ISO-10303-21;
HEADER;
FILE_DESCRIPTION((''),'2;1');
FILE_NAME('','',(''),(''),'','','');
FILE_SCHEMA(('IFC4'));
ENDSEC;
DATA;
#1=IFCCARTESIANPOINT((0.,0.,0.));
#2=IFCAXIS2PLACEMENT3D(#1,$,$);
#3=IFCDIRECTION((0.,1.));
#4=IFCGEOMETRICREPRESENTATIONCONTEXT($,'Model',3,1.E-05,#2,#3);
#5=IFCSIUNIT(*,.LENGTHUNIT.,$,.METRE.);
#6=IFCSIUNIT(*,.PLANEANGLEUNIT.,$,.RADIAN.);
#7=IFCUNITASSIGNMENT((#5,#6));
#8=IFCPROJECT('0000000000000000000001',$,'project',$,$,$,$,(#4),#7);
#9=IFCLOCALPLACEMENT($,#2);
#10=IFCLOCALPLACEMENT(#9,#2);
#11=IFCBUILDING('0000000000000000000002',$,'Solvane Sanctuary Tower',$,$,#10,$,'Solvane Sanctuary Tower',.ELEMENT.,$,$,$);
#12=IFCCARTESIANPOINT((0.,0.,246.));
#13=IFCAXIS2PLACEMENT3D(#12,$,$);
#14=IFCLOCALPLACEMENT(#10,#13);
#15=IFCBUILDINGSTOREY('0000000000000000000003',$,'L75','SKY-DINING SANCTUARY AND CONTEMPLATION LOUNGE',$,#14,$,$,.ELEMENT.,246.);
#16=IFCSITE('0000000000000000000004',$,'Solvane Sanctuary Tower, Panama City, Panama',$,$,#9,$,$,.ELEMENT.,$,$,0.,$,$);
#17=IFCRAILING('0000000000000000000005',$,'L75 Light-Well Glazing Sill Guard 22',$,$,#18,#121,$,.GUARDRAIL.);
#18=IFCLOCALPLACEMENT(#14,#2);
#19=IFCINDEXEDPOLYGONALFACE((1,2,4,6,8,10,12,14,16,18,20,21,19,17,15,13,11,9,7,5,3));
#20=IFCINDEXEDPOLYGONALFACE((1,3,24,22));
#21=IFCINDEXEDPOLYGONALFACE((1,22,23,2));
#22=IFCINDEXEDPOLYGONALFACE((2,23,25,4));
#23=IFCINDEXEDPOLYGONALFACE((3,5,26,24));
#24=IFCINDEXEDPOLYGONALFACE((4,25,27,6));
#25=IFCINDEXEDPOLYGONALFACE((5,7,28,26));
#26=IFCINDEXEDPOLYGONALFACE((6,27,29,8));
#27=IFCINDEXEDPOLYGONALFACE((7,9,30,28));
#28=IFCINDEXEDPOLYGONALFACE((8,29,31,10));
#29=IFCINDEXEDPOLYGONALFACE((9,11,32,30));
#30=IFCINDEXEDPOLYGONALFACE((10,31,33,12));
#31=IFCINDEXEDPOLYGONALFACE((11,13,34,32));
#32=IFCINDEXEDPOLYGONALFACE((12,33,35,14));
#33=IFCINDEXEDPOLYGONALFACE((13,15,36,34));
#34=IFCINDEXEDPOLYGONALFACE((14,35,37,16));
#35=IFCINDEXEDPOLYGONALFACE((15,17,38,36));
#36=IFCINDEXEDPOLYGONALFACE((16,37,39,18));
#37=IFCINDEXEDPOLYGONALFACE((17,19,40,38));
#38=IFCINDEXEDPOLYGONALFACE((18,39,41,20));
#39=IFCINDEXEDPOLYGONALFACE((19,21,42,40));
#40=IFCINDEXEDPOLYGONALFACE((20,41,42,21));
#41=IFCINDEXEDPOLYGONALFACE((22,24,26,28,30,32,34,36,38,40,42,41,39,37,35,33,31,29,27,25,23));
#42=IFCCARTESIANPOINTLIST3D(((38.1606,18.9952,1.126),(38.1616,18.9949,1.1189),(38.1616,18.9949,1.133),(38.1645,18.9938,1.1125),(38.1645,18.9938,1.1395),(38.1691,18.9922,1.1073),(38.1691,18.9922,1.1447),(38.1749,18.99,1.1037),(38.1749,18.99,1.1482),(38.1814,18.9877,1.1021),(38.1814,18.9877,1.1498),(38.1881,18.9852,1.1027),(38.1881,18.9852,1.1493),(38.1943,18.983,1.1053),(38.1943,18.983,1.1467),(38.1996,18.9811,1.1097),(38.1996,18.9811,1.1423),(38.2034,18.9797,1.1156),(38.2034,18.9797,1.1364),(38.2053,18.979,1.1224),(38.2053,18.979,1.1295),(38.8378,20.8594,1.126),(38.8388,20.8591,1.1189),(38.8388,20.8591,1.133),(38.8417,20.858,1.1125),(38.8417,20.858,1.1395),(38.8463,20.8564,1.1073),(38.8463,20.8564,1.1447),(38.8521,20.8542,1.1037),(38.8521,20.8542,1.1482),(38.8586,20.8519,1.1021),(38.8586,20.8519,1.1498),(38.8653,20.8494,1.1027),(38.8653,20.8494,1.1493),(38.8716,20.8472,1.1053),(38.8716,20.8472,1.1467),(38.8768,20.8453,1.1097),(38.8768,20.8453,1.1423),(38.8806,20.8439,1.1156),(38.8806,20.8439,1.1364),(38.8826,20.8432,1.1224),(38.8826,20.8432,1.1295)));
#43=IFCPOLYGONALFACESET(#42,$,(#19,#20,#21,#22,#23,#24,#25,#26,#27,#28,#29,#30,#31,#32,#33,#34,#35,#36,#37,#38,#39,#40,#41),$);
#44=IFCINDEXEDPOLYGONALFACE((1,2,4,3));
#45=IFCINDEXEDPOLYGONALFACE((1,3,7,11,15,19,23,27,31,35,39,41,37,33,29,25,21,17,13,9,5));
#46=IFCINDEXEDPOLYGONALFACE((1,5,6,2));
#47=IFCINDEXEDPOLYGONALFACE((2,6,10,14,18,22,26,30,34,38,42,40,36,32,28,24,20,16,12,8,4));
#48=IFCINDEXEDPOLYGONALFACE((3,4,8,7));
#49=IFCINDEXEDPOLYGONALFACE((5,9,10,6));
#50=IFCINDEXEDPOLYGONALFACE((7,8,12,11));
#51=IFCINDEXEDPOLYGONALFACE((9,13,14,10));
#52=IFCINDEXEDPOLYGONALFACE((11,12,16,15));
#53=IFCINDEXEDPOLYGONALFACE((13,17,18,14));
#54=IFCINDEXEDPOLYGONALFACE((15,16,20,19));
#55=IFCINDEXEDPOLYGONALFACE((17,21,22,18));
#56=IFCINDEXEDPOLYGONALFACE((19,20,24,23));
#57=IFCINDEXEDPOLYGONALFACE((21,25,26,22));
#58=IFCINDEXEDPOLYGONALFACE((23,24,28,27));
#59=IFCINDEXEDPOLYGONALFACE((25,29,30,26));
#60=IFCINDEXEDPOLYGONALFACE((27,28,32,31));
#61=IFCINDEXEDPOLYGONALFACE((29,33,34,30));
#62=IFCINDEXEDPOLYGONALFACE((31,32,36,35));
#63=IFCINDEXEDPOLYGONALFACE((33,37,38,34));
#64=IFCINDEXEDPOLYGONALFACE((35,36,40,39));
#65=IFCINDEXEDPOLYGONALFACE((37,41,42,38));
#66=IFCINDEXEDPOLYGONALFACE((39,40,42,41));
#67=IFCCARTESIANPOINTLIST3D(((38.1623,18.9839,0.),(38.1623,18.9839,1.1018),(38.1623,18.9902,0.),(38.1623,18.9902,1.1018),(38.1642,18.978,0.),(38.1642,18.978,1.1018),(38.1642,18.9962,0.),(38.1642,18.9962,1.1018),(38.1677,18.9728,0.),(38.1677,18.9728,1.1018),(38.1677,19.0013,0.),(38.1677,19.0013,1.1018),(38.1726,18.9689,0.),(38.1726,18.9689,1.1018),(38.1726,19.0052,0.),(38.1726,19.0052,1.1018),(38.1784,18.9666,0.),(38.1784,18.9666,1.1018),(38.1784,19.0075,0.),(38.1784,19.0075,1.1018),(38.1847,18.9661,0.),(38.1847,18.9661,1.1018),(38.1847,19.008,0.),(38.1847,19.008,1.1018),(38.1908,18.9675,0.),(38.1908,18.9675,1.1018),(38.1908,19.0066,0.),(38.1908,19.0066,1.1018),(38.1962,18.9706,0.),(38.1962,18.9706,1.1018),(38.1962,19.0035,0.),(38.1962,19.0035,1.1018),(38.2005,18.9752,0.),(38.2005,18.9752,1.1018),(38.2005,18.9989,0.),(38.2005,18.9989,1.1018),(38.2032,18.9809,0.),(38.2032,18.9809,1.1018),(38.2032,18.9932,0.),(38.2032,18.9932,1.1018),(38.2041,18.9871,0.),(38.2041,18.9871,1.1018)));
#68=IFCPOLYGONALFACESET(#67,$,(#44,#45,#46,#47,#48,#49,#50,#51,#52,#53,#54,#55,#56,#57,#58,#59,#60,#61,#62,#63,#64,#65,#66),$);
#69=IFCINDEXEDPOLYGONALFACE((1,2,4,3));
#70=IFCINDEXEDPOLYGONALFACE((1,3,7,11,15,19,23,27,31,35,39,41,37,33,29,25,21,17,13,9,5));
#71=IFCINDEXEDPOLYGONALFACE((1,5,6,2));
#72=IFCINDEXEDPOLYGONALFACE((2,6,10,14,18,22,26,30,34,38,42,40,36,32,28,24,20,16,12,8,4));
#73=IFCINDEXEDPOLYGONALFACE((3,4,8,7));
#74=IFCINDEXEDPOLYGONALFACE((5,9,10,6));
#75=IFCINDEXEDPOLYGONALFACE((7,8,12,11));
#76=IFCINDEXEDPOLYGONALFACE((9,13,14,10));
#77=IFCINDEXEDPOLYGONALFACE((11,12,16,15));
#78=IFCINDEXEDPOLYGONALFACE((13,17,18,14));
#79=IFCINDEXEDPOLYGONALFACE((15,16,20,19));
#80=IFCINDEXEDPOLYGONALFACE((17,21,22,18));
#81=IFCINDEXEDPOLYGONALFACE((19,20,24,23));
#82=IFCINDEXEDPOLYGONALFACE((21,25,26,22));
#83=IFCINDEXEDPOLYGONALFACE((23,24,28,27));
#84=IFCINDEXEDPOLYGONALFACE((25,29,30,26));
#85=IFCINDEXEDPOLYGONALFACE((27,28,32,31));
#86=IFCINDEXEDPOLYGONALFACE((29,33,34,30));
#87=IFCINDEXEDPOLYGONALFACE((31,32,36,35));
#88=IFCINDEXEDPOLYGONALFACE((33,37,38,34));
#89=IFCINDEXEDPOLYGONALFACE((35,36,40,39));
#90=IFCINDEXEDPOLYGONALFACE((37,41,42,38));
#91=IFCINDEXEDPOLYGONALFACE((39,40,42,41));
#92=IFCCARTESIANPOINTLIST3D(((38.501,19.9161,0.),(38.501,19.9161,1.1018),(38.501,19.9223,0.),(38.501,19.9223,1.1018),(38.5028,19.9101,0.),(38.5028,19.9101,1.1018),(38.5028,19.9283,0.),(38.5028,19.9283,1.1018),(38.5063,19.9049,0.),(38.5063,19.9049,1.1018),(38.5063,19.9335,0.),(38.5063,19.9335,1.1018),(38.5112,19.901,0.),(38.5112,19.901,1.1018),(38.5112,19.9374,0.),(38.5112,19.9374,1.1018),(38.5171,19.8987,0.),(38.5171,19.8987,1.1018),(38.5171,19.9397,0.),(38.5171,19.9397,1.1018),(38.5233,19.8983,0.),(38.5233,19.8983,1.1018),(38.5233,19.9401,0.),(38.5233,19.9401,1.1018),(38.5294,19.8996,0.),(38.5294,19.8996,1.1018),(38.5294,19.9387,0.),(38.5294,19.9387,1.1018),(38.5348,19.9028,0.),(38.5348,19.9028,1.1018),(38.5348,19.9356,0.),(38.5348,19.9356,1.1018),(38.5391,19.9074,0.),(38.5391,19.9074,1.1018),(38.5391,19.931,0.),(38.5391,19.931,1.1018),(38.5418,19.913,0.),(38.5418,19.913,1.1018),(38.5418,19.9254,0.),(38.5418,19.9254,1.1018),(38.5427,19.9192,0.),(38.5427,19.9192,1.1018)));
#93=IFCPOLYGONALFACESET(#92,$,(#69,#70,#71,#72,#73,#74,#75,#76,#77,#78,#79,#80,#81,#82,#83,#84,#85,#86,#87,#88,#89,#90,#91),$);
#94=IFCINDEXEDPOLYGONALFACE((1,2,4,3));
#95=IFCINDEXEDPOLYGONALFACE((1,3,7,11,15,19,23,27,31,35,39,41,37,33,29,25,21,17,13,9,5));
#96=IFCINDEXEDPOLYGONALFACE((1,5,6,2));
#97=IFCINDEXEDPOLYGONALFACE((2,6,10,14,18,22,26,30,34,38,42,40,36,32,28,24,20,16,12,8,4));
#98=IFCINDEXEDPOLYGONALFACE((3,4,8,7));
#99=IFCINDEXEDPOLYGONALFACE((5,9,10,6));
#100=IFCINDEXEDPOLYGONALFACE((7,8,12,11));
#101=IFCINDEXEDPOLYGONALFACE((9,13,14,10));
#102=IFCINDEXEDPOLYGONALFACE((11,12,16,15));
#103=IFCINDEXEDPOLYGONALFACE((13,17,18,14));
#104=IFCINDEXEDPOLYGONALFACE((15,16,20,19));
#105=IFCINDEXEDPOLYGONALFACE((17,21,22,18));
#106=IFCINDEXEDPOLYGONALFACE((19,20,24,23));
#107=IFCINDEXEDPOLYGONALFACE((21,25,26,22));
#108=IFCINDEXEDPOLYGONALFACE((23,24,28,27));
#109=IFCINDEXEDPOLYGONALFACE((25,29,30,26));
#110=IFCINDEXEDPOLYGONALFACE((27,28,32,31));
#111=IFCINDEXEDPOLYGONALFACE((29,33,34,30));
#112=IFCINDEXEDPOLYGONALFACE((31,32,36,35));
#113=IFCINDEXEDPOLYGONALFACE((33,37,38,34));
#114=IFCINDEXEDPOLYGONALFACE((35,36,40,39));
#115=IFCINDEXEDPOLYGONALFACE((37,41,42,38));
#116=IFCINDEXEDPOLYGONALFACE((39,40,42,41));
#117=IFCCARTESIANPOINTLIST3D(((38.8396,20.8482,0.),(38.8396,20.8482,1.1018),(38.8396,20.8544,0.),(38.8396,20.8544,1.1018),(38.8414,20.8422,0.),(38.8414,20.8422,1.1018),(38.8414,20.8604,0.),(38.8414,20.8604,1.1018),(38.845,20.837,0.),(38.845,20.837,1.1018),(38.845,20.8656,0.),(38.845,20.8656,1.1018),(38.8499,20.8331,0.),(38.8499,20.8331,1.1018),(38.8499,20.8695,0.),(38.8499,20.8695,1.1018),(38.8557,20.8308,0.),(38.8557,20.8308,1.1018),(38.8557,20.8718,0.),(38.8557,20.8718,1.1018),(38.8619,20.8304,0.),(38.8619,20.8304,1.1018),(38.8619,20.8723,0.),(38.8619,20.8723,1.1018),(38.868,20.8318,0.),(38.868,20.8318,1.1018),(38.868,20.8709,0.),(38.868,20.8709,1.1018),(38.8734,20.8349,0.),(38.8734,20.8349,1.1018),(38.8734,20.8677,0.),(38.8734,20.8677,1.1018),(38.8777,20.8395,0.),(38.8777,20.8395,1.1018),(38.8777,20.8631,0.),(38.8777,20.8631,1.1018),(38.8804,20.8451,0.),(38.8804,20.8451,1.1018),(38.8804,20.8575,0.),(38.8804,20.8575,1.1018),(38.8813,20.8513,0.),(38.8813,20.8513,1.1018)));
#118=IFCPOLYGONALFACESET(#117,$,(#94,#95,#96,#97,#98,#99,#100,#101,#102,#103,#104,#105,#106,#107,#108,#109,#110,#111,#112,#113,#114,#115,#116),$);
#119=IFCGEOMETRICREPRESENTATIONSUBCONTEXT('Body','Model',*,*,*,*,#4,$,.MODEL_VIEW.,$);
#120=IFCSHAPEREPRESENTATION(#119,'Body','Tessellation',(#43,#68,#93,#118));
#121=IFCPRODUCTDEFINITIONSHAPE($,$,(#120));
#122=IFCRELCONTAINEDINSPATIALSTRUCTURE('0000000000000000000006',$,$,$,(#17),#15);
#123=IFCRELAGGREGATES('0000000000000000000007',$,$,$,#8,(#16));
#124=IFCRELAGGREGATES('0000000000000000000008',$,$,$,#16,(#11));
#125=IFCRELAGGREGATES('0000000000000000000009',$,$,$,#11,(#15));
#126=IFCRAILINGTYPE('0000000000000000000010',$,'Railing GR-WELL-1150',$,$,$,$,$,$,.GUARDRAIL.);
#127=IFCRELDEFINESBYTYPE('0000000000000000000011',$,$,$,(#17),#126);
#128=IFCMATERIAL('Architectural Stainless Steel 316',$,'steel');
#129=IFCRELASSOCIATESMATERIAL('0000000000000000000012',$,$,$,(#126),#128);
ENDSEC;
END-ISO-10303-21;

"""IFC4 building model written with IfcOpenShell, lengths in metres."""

from ifc_helpers import new_model, si_unit, direction, frame, origin, origin_2d, place, context, subcontext, project, spatial, circle, extrude, material, type_object, element, save


model = new_model("IFC4")

# Units and contexts
model_context = context("Model", 3, precision=1e-05, world=origin(), true_north=direction((0.0, 1.0)))
body_context = subcontext(model_context, "Body", "Model", "MODEL_VIEW")
ifc_project = project(units=[si_unit("LENGTHUNIT", "METRE"), si_unit("PLANEANGLEUNIT", "RADIAN")], contexts=[model_context])

# Site, building, storey
site_placement = place(None, origin())
site = spatial("IfcSite", under=ifc_project, at=site_placement, Name="Solvane Sanctuary Tower, Panama City, Panama", CompositionType="ELEMENT", RefElevation=0.0)
building_placement = place(site_placement, origin())
building = spatial("IfcBuilding", under=site, at=building_placement, Name="Solvane Sanctuary Tower", LongName="Solvane Sanctuary Tower", CompositionType="ELEMENT")
storey_placement = place(building_placement, frame((0.0, 0.0, 246.0)))
storey = spatial("IfcBuildingStorey", under=building, at=storey_placement, Name="L75", Description="SKY-DINING SANCTUARY AND CONTEMPLATION LOUNGE", CompositionType="ELEMENT", Elevation=246.0)

# Railing
ifc_material_1 = material(Name="Architectural Stainless Steel 316", Category="steel")
railing_type = type_object("IfcRailingType", Name="Railing GR-WELL-1150", PredefinedType="GUARDRAIL", material=ifc_material_1)
railing_1_placement = place(storey_placement, frame((38.1831, 18.9871, 0.0)))
element("IfcRailing", 1, at=railing_1_placement, inside=storey, type_object=railing_type, Name="L75 Light-Well Glazing Sill Guard 22", PredefinedType="GUARDRAIL", context=body_context, shape_type="SweptSolid", body=[
    extrude(circle(Radius=0.0239, at=origin_2d()), frame((0.0, 0.0, 1.126), z_axis=(0.341447, 0.939901, 0.0), x_axis=(-0.939901, 0.341447, 0.0)), (0.0, 0.0, 1.0), 1.9834),
    extrude(circle(Radius=0.021, at=origin_2d()), origin(), (0.0, 0.0, 1.0), 1.1018),
    extrude(circle(Radius=0.021, at=origin_2d()), frame((0.3386, 0.9321, 0.0)), (0.0, 0.0, 1.0), 1.1018),
    extrude(circle(Radius=0.021, at=origin_2d()), frame((0.6772, 1.8643, 0.0)), (0.0, 0.0, 1.0), 1.1018),
])

save(model, "model.ifc")
